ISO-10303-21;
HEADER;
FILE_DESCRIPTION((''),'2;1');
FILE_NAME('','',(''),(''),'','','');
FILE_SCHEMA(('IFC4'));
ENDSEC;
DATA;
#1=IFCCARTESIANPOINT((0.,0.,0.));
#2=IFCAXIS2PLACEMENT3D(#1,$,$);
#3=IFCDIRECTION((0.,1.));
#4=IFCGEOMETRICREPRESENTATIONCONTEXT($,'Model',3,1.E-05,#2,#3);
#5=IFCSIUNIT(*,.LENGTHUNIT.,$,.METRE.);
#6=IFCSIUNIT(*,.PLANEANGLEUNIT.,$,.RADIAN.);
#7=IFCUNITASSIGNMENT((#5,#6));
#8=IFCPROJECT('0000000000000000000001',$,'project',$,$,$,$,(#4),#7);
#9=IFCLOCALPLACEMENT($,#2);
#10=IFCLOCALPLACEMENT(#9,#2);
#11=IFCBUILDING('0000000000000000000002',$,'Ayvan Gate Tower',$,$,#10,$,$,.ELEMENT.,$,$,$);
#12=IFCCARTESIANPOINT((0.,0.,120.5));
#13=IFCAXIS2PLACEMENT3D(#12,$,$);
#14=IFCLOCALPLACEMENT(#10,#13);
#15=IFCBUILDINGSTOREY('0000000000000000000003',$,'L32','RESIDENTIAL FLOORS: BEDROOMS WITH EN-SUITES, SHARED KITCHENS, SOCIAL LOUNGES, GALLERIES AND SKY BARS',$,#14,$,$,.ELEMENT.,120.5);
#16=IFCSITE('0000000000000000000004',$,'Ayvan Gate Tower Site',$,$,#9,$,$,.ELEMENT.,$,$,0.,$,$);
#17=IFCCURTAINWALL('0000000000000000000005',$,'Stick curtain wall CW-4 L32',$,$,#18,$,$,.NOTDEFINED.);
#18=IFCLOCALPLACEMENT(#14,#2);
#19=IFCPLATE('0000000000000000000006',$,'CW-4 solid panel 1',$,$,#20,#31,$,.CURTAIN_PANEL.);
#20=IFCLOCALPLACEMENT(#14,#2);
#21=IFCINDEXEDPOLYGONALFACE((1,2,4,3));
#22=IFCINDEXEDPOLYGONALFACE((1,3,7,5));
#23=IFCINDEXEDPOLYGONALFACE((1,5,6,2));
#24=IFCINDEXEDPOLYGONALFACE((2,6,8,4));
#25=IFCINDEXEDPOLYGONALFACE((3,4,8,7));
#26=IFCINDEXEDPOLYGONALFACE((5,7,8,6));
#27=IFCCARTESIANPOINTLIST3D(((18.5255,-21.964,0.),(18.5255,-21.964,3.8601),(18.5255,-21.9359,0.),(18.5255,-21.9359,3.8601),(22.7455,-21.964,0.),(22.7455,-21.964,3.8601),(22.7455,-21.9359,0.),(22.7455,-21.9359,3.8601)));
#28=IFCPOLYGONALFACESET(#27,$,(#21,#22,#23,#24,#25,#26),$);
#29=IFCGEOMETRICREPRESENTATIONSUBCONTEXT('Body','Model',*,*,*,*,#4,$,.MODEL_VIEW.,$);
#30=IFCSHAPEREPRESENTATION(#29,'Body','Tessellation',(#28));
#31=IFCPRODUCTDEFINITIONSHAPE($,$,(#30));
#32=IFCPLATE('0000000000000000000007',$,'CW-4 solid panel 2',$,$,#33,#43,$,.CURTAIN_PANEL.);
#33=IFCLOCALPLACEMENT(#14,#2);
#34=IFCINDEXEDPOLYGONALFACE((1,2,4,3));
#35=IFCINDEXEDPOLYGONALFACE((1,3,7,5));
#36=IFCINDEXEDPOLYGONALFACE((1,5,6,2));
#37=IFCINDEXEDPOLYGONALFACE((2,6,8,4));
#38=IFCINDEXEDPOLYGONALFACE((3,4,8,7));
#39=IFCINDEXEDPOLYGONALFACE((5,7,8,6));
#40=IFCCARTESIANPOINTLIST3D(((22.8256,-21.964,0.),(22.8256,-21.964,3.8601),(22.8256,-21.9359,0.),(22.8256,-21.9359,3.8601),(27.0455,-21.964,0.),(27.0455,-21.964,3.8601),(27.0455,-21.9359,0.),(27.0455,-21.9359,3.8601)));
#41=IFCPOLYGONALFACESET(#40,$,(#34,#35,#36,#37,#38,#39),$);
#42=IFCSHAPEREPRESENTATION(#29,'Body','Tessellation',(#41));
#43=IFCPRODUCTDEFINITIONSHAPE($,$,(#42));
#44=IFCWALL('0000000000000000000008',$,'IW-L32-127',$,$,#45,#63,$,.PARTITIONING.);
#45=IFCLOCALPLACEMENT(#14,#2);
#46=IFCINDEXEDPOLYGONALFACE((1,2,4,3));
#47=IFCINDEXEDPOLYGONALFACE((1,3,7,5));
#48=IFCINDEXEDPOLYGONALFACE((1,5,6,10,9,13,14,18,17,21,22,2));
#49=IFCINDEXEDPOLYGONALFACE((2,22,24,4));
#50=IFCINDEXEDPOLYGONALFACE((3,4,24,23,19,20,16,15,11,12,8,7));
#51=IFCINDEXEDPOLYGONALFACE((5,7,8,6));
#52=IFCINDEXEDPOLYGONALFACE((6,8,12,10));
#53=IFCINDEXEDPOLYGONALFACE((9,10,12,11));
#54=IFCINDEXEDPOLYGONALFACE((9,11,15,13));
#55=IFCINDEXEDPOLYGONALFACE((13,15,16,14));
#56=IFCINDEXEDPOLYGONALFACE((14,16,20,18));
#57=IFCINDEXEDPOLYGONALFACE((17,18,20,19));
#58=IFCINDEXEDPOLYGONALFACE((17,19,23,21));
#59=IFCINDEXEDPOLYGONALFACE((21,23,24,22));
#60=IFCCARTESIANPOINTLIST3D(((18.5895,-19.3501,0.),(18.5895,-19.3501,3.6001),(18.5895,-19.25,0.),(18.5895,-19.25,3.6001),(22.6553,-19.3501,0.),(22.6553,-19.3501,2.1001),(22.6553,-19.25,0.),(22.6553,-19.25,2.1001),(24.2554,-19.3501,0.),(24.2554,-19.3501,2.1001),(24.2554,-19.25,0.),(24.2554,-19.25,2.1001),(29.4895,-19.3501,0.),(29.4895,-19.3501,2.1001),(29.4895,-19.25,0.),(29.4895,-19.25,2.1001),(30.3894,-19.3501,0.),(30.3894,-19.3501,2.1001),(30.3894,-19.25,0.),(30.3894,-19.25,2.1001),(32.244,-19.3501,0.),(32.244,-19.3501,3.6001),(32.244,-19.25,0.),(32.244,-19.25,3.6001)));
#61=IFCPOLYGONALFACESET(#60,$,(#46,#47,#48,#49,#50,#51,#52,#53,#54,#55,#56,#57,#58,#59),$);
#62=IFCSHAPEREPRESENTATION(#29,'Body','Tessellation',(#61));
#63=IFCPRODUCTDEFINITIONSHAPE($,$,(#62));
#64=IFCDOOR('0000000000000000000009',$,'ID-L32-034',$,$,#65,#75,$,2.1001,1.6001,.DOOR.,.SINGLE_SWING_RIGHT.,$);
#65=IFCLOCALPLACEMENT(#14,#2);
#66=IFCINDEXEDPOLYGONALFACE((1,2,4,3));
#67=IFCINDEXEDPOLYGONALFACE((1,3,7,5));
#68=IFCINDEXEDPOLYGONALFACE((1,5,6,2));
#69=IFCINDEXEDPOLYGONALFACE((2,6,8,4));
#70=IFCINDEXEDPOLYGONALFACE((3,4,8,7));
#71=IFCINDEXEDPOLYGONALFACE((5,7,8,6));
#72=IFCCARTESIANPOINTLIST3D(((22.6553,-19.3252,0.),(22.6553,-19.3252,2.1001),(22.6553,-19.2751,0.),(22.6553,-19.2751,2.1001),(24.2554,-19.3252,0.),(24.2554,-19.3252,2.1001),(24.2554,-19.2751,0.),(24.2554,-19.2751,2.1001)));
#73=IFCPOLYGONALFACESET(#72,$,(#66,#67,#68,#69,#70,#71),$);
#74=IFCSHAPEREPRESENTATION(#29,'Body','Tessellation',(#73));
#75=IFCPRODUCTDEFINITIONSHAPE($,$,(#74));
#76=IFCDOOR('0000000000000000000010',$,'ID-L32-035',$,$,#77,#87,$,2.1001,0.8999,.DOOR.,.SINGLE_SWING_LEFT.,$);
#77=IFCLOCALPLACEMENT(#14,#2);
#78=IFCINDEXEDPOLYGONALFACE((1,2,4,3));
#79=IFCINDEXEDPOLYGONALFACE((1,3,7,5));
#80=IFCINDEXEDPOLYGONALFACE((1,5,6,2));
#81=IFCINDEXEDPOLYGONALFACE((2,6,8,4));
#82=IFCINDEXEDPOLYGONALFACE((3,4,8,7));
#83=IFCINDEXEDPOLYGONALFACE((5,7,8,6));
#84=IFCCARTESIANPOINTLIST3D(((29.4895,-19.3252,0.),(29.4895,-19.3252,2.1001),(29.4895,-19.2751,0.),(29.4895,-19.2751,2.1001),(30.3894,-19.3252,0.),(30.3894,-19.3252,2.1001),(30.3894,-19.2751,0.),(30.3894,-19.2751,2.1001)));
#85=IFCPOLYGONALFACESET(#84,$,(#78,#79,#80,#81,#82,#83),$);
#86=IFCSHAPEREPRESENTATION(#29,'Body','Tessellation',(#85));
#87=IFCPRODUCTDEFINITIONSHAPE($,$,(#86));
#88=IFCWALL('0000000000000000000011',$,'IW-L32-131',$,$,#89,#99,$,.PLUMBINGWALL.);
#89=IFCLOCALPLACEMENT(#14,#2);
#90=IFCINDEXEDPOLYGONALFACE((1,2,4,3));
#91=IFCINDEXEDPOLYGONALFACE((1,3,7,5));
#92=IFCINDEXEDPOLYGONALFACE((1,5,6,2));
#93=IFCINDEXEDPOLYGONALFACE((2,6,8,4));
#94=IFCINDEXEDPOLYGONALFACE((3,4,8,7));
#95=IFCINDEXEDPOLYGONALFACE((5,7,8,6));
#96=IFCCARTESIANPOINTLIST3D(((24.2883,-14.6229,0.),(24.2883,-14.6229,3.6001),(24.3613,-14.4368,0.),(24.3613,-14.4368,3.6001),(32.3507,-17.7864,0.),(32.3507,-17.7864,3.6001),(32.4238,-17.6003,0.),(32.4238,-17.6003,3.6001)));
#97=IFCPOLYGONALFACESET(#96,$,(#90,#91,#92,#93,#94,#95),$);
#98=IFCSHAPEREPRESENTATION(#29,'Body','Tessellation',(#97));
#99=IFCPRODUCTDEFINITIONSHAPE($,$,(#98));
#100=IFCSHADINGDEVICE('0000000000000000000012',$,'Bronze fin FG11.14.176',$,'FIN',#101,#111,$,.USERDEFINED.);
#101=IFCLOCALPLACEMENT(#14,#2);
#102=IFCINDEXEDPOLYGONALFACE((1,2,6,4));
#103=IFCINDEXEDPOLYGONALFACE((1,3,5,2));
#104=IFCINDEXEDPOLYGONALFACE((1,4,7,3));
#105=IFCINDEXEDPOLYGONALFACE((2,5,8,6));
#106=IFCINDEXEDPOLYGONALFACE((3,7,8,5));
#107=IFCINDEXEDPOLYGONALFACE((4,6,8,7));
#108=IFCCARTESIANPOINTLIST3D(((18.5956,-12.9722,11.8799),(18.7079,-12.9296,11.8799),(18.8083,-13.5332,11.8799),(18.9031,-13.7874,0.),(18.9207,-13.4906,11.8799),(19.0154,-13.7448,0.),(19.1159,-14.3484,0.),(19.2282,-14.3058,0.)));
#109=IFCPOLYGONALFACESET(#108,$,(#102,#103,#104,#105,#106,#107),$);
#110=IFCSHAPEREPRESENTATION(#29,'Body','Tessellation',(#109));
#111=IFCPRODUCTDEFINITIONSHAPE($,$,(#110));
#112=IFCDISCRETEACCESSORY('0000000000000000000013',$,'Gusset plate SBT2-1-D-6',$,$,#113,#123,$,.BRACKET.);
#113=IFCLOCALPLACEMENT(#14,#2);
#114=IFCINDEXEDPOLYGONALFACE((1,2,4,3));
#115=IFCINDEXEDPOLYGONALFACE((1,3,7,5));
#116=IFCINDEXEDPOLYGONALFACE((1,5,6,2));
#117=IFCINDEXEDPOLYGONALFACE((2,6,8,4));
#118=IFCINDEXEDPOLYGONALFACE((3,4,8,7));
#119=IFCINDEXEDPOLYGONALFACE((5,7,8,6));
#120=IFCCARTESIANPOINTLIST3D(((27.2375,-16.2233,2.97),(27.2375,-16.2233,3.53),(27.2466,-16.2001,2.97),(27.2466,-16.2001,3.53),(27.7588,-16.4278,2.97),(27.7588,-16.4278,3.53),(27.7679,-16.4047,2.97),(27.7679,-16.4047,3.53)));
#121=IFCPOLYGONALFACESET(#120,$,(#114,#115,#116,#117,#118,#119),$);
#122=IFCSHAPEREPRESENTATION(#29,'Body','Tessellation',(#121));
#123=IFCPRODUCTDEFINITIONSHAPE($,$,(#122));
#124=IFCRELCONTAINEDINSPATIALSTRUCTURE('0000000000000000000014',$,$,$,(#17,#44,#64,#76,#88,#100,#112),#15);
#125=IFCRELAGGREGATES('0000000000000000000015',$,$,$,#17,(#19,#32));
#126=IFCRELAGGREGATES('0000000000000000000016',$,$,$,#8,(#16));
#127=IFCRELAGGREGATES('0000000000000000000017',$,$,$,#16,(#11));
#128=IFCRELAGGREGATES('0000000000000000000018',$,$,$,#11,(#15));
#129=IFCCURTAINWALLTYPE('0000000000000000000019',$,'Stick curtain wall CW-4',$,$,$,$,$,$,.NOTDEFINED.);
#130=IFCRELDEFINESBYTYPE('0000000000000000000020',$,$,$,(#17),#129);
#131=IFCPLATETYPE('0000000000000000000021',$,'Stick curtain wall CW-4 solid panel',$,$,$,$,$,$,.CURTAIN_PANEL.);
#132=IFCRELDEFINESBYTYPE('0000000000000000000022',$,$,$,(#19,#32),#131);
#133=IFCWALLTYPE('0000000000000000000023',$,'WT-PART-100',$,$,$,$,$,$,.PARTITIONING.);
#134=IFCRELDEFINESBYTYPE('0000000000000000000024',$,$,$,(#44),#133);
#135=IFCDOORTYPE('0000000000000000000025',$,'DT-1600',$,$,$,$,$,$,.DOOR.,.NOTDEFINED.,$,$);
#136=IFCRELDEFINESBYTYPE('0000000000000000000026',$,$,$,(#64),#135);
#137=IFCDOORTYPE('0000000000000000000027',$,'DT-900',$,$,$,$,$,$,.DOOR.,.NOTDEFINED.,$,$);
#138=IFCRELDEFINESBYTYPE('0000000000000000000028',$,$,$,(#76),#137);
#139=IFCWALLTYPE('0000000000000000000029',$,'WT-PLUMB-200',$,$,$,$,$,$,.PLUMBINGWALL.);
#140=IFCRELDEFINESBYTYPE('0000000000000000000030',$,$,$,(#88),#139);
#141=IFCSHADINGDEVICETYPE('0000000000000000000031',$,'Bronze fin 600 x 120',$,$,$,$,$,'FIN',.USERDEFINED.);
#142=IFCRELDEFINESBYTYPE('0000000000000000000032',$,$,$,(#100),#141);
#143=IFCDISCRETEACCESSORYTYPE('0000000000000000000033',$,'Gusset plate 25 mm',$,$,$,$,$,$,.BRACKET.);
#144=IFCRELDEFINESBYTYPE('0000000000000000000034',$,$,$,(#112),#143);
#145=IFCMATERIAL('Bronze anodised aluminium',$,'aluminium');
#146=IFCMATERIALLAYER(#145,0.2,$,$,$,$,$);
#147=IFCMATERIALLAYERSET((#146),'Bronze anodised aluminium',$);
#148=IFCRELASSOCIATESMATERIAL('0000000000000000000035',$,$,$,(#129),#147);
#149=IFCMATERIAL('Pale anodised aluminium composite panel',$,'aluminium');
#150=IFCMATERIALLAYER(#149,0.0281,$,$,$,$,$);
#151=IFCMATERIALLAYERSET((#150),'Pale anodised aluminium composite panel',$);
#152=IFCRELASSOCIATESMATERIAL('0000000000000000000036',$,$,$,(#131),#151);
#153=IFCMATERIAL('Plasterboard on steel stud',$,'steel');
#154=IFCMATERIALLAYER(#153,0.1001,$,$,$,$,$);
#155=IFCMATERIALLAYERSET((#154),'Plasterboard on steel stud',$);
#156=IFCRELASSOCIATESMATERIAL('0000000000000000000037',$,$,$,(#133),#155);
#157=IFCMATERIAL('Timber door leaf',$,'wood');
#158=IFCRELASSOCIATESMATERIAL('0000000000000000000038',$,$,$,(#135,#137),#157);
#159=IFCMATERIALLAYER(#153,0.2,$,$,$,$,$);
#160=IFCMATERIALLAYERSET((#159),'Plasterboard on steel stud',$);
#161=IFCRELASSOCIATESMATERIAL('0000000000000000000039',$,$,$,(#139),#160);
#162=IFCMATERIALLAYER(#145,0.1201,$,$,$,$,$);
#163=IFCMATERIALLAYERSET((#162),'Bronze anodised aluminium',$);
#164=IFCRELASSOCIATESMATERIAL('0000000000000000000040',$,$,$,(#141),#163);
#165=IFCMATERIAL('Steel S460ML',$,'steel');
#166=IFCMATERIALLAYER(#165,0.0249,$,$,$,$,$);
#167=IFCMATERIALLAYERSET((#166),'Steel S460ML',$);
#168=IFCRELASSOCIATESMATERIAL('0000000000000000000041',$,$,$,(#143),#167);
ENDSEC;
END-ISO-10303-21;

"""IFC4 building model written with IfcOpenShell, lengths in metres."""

from ifc_helpers import new_model, si_unit, direction, frame, frame_2d, origin, origin_2d, place, context, subcontext, project, spatial, polyline, rectangle, outline, extrude, material, layer, layer_set, type_object, element, fill, aggregate, save


model = new_model("IFC4")

# Units and contexts
model_context = context("Model", 3, precision=1e-05, world=origin(), true_north=direction((0.0, 1.0)))
body_context = subcontext(model_context, "Body", "Model", "MODEL_VIEW")
ifc_project = project(units=[si_unit("LENGTHUNIT", "METRE"), si_unit("PLANEANGLEUNIT", "RADIAN")], contexts=[model_context])

# Site, building, storey
site_placement = place(None, origin())
site = spatial("IfcSite", under=ifc_project, at=site_placement, Name="Ayvan Gate Tower Site", CompositionType="ELEMENT", RefElevation=0.0)
building_placement = place(site_placement, origin())
building = spatial("IfcBuilding", under=site, at=building_placement, Name="Ayvan Gate Tower", CompositionType="ELEMENT")
storey_placement = place(building_placement, frame((0.0, 0.0, 120.5)))
storey = spatial("IfcBuildingStorey", under=building, at=storey_placement, Name="L32", Description="RESIDENTIAL FLOORS: BEDROOMS WITH EN-SUITES, SHARED KITCHENS, SOCIAL LOUNGES, GALLERIES AND SKY BARS", CompositionType="ELEMENT", Elevation=120.5)

# Curtain wall, plates
ifc_material_1 = material(Name="Bronze anodised aluminium", Category="aluminium")
ifc_layer_1 = layer(ifc_material_1, 0.2)
ifc_layer_set_1 = layer_set([ifc_layer_1], Name="Bronze anodised aluminium")
curtain_wall_type = type_object("IfcCurtainWallType", Name="Stick curtain wall CW-4", PredefinedType="NOTDEFINED", material=ifc_layer_set_1)
curtain_wall_placement = place(storey_placement, origin())
curtain_wall = element("IfcCurtainWall", 1, at=curtain_wall_placement, inside=storey, type_object=curtain_wall_type, Name="Stick curtain wall CW-4 L32", PredefinedType="NOTDEFINED")
ifc_material_2 = material(Name="Pale anodised aluminium composite panel", Category="aluminium")
ifc_layer_2 = layer(ifc_material_2, 0.0281)
ifc_layer_set_2 = layer_set([ifc_layer_2], Name="Pale anodised aluminium composite panel")
plate_type = type_object("IfcPlateType", Name="Stick curtain wall CW-4 solid panel", PredefinedType="CURTAIN_PANEL", material=ifc_layer_set_2)
plate_1_placement = place(storey_placement, frame((20.6355, -21.95, 0.0), z_axis=(0.0, 0.0, 1.0), x_axis=(1.0, 0.0, 0.0)))
plate_1 = element("IfcPlate", 2, at=plate_1_placement, type_object=plate_type, Name="CW-4 solid panel 1", PredefinedType="CURTAIN_PANEL", context=body_context, shape_type="SweptSolid", body=[
    extrude(rectangle(XDim=4.22, YDim=0.0281, at=origin_2d()), origin(), (0.0, 0.0, 1.0), 3.8601),
])
plate_2_placement = place(storey_placement, frame((24.9355, -21.95, 0.0), z_axis=(0.0, 0.0, 1.0), x_axis=(1.0, 0.0, 0.0)))
plate_2 = element("IfcPlate", 3, at=plate_2_placement, type_object=plate_type, Name="CW-4 solid panel 2", PredefinedType="CURTAIN_PANEL", context=body_context, shape_type="SweptSolid", body=[
    extrude(rectangle(XDim=4.22, YDim=0.0281, at=origin_2d()), origin(), (0.0, 0.0, 1.0), 3.8601),
])
aggregate(curtain_wall, [plate_1, plate_2])

# Wall, openings, doors
ifc_material_3 = material(Name="Plasterboard on steel stud", Category="steel")
ifc_layer_3 = layer(ifc_material_3, 0.1001)
ifc_layer_set_3 = layer_set([ifc_layer_3], Name="Plasterboard on steel stud")
wall_type_1 = type_object("IfcWallType", Name="WT-PART-100", PredefinedType="PARTITIONING", material=ifc_layer_set_3)
wall_1_placement = place(storey_placement, frame((18.5896, -19.3, 0.0), z_axis=(0.0, 0.0, 1.0), x_axis=(1.0, 0.0, 0.0)))
wall_1 = element("IfcWall", 4, at=wall_1_placement, inside=storey, type_object=wall_type_1, Name="IW-L32-127", PredefinedType="PARTITIONING", context=body_context, shape_type="SweptSolid", body=[
    extrude(rectangle(XDim=13.6545, YDim=0.1001, at=frame_2d((6.8271, 0.0))), origin(), (0.0, 0.0, 1.0), 3.6001),
])
opening_1_placement = place(wall_1_placement, frame((4.0657, 0.0, 0.0)))
opening_1 = element("IfcOpeningElement", 5, at=opening_1_placement, cuts=wall_1, PredefinedType="OPENING", context=body_context, shape_type="SweptSolid", body=[
    extrude(rectangle(XDim=1.6001, YDim=2.1001, at=frame_2d((0.8, 1.05))), frame((0.0, 0.0601, 0.0), z_axis=(0.0, -1.0, 0.0), x_axis=(1.0, 0.0, 0.0)), (0.0, 0.0, 1.0), 0.1201),
])
opening_2_placement = place(wall_1_placement, frame((10.8999, 0.0, 0.0)))
opening_2 = element("IfcOpeningElement", 6, at=opening_2_placement, cuts=wall_1, PredefinedType="OPENING", context=body_context, shape_type="SweptSolid", body=[
    extrude(rectangle(XDim=0.8999, YDim=2.1001, at=frame_2d((0.45, 1.05))), frame((0.0, 0.0601, 0.0), z_axis=(0.0, -1.0, 0.0), x_axis=(1.0, 0.0, 0.0)), (0.0, 0.0, 1.0), 0.1201),
])
ifc_material_4 = material(Name="Timber door leaf", Category="wood")
door_type_1 = type_object("IfcDoorType", Name="DT-1600", OperationType="NOTDEFINED", PredefinedType="DOOR", material=ifc_material_4)
door_1_placement = place(opening_1_placement, origin())
door_1 = element("IfcDoor", 7, at=door_1_placement, inside=storey, type_object=door_type_1, Name="ID-L32-034", OperationType="SINGLE_SWING_RIGHT", OverallHeight=2.1001, OverallWidth=1.6001, PredefinedType="DOOR", context=body_context, shape_type="SweptSolid", body=[
    extrude(rectangle(XDim=1.6001, YDim=2.1001, at=frame_2d((0.8, 1.05))), frame((0.0, 0.0249, 0.0), z_axis=(0.0, -1.0, 0.0), x_axis=(1.0, 0.0, 0.0)), (0.0, 0.0, 1.0), 0.05),
])
fill(opening_1, door_1)
door_type_2 = type_object("IfcDoorType", Name="DT-900", OperationType="NOTDEFINED", PredefinedType="DOOR", material=ifc_material_4)
door_2_placement = place(opening_2_placement, origin())
door_2 = element("IfcDoor", 8, at=door_2_placement, inside=storey, type_object=door_type_2, Name="ID-L32-035", OperationType="SINGLE_SWING_LEFT", OverallHeight=2.1001, OverallWidth=0.8999, PredefinedType="DOOR", context=body_context, shape_type="SweptSolid", body=[
    extrude(rectangle(XDim=0.8999, YDim=2.1001, at=frame_2d((0.45, 1.05))), frame((0.0, 0.0249, 0.0), z_axis=(0.0, -1.0, 0.0), x_axis=(1.0, 0.0, 0.0)), (0.0, 0.0, 1.0), 0.05),
])
fill(opening_2, door_2)

# Wall
ifc_layer_4 = layer(ifc_material_3, 0.2)
ifc_layer_set_4 = layer_set([ifc_layer_4], Name="Plasterboard on steel stud")
wall_type_2 = type_object("IfcWallType", Name="WT-PLUMB-200", PredefinedType="PLUMBINGWALL", material=ifc_layer_set_4)
wall_2_placement = place(storey_placement, frame((24.3247, -14.5298, 0.0), z_axis=(0.0, 0.0, 1.0), x_axis=(0.930902, -0.365269, 0.0)))
element("IfcWall", 9, at=wall_2_placement, inside=storey, type_object=wall_type_2, Name="IW-L32-131", PredefinedType="PLUMBINGWALL", context=body_context, shape_type="SweptSolid", body=[
    extrude(rectangle(XDim=8.6609, YDim=0.2, at=frame_2d((4.3306, 0.0))), origin(), (0.0, 0.0, 1.0), 3.6001),
])

# Shading device
ifc_layer_5 = layer(ifc_material_1, 0.1201)
ifc_layer_set_5 = layer_set([ifc_layer_5], Name="Bronze anodised aluminium")
shading_device_type = type_object("IfcShadingDeviceType", Name="Bronze fin 600 x 120", ElementType="FIN", PredefinedType="USERDEFINED", material=ifc_layer_set_5)
shading_device_placement = place(storey_placement, frame((18.9031, -13.7874, 0.0), z_axis=(-0.935018, -0.354599, 0.000131), x_axis=(0.354599, -0.935018, 0.0)))
element("IfcShadingDevice", 10, at=shading_device_placement, inside=storey, type_object=shading_device_type, Name="Bronze fin FG11.14.176", ObjectType="FIN", PredefinedType="USERDEFINED", context=body_context, shape_type="SweptSolid", body=[
    extrude(outline(polyline([(0.0, 0.0), (0.6001, 0.0), (-0.2712, 11.8799), (-0.8712, 11.8799), (0.0, 0.0)])), origin(), (0.0, 0.0, -1.0), 0.1201),
])

# Discrete accessory
ifc_material_5 = material(Name="Steel S460ML", Category="steel")
ifc_layer_6 = layer(ifc_material_5, 0.0249)
ifc_layer_set_6 = layer_set([ifc_layer_6], Name="Steel S460ML")
discrete_accessory_type = type_object("IfcDiscreteAccessoryType", Name="Gusset plate 25 mm", PredefinedType="BRACKET", material=ifc_layer_set_6)
discrete_accessory_placement = place(storey_placement, frame((27.5027, -16.314, 2.97), z_axis=(0.0, 0.0, 1.0), x_axis=(-0.930903, 0.365267, 0.0)))
element("IfcDiscreteAccessory", 11, at=discrete_accessory_placement, inside=storey, type_object=discrete_accessory_type, Name="Gusset plate SBT2-1-D-6", PredefinedType="BRACKET", context=body_context, shape_type="SweptSolid", body=[
    extrude(rectangle(XDim=0.5601, YDim=0.0249, at=origin_2d()), origin(), (0.0, 0.0, 1.0), 0.5601),
])

save(model, "model.ifc")
